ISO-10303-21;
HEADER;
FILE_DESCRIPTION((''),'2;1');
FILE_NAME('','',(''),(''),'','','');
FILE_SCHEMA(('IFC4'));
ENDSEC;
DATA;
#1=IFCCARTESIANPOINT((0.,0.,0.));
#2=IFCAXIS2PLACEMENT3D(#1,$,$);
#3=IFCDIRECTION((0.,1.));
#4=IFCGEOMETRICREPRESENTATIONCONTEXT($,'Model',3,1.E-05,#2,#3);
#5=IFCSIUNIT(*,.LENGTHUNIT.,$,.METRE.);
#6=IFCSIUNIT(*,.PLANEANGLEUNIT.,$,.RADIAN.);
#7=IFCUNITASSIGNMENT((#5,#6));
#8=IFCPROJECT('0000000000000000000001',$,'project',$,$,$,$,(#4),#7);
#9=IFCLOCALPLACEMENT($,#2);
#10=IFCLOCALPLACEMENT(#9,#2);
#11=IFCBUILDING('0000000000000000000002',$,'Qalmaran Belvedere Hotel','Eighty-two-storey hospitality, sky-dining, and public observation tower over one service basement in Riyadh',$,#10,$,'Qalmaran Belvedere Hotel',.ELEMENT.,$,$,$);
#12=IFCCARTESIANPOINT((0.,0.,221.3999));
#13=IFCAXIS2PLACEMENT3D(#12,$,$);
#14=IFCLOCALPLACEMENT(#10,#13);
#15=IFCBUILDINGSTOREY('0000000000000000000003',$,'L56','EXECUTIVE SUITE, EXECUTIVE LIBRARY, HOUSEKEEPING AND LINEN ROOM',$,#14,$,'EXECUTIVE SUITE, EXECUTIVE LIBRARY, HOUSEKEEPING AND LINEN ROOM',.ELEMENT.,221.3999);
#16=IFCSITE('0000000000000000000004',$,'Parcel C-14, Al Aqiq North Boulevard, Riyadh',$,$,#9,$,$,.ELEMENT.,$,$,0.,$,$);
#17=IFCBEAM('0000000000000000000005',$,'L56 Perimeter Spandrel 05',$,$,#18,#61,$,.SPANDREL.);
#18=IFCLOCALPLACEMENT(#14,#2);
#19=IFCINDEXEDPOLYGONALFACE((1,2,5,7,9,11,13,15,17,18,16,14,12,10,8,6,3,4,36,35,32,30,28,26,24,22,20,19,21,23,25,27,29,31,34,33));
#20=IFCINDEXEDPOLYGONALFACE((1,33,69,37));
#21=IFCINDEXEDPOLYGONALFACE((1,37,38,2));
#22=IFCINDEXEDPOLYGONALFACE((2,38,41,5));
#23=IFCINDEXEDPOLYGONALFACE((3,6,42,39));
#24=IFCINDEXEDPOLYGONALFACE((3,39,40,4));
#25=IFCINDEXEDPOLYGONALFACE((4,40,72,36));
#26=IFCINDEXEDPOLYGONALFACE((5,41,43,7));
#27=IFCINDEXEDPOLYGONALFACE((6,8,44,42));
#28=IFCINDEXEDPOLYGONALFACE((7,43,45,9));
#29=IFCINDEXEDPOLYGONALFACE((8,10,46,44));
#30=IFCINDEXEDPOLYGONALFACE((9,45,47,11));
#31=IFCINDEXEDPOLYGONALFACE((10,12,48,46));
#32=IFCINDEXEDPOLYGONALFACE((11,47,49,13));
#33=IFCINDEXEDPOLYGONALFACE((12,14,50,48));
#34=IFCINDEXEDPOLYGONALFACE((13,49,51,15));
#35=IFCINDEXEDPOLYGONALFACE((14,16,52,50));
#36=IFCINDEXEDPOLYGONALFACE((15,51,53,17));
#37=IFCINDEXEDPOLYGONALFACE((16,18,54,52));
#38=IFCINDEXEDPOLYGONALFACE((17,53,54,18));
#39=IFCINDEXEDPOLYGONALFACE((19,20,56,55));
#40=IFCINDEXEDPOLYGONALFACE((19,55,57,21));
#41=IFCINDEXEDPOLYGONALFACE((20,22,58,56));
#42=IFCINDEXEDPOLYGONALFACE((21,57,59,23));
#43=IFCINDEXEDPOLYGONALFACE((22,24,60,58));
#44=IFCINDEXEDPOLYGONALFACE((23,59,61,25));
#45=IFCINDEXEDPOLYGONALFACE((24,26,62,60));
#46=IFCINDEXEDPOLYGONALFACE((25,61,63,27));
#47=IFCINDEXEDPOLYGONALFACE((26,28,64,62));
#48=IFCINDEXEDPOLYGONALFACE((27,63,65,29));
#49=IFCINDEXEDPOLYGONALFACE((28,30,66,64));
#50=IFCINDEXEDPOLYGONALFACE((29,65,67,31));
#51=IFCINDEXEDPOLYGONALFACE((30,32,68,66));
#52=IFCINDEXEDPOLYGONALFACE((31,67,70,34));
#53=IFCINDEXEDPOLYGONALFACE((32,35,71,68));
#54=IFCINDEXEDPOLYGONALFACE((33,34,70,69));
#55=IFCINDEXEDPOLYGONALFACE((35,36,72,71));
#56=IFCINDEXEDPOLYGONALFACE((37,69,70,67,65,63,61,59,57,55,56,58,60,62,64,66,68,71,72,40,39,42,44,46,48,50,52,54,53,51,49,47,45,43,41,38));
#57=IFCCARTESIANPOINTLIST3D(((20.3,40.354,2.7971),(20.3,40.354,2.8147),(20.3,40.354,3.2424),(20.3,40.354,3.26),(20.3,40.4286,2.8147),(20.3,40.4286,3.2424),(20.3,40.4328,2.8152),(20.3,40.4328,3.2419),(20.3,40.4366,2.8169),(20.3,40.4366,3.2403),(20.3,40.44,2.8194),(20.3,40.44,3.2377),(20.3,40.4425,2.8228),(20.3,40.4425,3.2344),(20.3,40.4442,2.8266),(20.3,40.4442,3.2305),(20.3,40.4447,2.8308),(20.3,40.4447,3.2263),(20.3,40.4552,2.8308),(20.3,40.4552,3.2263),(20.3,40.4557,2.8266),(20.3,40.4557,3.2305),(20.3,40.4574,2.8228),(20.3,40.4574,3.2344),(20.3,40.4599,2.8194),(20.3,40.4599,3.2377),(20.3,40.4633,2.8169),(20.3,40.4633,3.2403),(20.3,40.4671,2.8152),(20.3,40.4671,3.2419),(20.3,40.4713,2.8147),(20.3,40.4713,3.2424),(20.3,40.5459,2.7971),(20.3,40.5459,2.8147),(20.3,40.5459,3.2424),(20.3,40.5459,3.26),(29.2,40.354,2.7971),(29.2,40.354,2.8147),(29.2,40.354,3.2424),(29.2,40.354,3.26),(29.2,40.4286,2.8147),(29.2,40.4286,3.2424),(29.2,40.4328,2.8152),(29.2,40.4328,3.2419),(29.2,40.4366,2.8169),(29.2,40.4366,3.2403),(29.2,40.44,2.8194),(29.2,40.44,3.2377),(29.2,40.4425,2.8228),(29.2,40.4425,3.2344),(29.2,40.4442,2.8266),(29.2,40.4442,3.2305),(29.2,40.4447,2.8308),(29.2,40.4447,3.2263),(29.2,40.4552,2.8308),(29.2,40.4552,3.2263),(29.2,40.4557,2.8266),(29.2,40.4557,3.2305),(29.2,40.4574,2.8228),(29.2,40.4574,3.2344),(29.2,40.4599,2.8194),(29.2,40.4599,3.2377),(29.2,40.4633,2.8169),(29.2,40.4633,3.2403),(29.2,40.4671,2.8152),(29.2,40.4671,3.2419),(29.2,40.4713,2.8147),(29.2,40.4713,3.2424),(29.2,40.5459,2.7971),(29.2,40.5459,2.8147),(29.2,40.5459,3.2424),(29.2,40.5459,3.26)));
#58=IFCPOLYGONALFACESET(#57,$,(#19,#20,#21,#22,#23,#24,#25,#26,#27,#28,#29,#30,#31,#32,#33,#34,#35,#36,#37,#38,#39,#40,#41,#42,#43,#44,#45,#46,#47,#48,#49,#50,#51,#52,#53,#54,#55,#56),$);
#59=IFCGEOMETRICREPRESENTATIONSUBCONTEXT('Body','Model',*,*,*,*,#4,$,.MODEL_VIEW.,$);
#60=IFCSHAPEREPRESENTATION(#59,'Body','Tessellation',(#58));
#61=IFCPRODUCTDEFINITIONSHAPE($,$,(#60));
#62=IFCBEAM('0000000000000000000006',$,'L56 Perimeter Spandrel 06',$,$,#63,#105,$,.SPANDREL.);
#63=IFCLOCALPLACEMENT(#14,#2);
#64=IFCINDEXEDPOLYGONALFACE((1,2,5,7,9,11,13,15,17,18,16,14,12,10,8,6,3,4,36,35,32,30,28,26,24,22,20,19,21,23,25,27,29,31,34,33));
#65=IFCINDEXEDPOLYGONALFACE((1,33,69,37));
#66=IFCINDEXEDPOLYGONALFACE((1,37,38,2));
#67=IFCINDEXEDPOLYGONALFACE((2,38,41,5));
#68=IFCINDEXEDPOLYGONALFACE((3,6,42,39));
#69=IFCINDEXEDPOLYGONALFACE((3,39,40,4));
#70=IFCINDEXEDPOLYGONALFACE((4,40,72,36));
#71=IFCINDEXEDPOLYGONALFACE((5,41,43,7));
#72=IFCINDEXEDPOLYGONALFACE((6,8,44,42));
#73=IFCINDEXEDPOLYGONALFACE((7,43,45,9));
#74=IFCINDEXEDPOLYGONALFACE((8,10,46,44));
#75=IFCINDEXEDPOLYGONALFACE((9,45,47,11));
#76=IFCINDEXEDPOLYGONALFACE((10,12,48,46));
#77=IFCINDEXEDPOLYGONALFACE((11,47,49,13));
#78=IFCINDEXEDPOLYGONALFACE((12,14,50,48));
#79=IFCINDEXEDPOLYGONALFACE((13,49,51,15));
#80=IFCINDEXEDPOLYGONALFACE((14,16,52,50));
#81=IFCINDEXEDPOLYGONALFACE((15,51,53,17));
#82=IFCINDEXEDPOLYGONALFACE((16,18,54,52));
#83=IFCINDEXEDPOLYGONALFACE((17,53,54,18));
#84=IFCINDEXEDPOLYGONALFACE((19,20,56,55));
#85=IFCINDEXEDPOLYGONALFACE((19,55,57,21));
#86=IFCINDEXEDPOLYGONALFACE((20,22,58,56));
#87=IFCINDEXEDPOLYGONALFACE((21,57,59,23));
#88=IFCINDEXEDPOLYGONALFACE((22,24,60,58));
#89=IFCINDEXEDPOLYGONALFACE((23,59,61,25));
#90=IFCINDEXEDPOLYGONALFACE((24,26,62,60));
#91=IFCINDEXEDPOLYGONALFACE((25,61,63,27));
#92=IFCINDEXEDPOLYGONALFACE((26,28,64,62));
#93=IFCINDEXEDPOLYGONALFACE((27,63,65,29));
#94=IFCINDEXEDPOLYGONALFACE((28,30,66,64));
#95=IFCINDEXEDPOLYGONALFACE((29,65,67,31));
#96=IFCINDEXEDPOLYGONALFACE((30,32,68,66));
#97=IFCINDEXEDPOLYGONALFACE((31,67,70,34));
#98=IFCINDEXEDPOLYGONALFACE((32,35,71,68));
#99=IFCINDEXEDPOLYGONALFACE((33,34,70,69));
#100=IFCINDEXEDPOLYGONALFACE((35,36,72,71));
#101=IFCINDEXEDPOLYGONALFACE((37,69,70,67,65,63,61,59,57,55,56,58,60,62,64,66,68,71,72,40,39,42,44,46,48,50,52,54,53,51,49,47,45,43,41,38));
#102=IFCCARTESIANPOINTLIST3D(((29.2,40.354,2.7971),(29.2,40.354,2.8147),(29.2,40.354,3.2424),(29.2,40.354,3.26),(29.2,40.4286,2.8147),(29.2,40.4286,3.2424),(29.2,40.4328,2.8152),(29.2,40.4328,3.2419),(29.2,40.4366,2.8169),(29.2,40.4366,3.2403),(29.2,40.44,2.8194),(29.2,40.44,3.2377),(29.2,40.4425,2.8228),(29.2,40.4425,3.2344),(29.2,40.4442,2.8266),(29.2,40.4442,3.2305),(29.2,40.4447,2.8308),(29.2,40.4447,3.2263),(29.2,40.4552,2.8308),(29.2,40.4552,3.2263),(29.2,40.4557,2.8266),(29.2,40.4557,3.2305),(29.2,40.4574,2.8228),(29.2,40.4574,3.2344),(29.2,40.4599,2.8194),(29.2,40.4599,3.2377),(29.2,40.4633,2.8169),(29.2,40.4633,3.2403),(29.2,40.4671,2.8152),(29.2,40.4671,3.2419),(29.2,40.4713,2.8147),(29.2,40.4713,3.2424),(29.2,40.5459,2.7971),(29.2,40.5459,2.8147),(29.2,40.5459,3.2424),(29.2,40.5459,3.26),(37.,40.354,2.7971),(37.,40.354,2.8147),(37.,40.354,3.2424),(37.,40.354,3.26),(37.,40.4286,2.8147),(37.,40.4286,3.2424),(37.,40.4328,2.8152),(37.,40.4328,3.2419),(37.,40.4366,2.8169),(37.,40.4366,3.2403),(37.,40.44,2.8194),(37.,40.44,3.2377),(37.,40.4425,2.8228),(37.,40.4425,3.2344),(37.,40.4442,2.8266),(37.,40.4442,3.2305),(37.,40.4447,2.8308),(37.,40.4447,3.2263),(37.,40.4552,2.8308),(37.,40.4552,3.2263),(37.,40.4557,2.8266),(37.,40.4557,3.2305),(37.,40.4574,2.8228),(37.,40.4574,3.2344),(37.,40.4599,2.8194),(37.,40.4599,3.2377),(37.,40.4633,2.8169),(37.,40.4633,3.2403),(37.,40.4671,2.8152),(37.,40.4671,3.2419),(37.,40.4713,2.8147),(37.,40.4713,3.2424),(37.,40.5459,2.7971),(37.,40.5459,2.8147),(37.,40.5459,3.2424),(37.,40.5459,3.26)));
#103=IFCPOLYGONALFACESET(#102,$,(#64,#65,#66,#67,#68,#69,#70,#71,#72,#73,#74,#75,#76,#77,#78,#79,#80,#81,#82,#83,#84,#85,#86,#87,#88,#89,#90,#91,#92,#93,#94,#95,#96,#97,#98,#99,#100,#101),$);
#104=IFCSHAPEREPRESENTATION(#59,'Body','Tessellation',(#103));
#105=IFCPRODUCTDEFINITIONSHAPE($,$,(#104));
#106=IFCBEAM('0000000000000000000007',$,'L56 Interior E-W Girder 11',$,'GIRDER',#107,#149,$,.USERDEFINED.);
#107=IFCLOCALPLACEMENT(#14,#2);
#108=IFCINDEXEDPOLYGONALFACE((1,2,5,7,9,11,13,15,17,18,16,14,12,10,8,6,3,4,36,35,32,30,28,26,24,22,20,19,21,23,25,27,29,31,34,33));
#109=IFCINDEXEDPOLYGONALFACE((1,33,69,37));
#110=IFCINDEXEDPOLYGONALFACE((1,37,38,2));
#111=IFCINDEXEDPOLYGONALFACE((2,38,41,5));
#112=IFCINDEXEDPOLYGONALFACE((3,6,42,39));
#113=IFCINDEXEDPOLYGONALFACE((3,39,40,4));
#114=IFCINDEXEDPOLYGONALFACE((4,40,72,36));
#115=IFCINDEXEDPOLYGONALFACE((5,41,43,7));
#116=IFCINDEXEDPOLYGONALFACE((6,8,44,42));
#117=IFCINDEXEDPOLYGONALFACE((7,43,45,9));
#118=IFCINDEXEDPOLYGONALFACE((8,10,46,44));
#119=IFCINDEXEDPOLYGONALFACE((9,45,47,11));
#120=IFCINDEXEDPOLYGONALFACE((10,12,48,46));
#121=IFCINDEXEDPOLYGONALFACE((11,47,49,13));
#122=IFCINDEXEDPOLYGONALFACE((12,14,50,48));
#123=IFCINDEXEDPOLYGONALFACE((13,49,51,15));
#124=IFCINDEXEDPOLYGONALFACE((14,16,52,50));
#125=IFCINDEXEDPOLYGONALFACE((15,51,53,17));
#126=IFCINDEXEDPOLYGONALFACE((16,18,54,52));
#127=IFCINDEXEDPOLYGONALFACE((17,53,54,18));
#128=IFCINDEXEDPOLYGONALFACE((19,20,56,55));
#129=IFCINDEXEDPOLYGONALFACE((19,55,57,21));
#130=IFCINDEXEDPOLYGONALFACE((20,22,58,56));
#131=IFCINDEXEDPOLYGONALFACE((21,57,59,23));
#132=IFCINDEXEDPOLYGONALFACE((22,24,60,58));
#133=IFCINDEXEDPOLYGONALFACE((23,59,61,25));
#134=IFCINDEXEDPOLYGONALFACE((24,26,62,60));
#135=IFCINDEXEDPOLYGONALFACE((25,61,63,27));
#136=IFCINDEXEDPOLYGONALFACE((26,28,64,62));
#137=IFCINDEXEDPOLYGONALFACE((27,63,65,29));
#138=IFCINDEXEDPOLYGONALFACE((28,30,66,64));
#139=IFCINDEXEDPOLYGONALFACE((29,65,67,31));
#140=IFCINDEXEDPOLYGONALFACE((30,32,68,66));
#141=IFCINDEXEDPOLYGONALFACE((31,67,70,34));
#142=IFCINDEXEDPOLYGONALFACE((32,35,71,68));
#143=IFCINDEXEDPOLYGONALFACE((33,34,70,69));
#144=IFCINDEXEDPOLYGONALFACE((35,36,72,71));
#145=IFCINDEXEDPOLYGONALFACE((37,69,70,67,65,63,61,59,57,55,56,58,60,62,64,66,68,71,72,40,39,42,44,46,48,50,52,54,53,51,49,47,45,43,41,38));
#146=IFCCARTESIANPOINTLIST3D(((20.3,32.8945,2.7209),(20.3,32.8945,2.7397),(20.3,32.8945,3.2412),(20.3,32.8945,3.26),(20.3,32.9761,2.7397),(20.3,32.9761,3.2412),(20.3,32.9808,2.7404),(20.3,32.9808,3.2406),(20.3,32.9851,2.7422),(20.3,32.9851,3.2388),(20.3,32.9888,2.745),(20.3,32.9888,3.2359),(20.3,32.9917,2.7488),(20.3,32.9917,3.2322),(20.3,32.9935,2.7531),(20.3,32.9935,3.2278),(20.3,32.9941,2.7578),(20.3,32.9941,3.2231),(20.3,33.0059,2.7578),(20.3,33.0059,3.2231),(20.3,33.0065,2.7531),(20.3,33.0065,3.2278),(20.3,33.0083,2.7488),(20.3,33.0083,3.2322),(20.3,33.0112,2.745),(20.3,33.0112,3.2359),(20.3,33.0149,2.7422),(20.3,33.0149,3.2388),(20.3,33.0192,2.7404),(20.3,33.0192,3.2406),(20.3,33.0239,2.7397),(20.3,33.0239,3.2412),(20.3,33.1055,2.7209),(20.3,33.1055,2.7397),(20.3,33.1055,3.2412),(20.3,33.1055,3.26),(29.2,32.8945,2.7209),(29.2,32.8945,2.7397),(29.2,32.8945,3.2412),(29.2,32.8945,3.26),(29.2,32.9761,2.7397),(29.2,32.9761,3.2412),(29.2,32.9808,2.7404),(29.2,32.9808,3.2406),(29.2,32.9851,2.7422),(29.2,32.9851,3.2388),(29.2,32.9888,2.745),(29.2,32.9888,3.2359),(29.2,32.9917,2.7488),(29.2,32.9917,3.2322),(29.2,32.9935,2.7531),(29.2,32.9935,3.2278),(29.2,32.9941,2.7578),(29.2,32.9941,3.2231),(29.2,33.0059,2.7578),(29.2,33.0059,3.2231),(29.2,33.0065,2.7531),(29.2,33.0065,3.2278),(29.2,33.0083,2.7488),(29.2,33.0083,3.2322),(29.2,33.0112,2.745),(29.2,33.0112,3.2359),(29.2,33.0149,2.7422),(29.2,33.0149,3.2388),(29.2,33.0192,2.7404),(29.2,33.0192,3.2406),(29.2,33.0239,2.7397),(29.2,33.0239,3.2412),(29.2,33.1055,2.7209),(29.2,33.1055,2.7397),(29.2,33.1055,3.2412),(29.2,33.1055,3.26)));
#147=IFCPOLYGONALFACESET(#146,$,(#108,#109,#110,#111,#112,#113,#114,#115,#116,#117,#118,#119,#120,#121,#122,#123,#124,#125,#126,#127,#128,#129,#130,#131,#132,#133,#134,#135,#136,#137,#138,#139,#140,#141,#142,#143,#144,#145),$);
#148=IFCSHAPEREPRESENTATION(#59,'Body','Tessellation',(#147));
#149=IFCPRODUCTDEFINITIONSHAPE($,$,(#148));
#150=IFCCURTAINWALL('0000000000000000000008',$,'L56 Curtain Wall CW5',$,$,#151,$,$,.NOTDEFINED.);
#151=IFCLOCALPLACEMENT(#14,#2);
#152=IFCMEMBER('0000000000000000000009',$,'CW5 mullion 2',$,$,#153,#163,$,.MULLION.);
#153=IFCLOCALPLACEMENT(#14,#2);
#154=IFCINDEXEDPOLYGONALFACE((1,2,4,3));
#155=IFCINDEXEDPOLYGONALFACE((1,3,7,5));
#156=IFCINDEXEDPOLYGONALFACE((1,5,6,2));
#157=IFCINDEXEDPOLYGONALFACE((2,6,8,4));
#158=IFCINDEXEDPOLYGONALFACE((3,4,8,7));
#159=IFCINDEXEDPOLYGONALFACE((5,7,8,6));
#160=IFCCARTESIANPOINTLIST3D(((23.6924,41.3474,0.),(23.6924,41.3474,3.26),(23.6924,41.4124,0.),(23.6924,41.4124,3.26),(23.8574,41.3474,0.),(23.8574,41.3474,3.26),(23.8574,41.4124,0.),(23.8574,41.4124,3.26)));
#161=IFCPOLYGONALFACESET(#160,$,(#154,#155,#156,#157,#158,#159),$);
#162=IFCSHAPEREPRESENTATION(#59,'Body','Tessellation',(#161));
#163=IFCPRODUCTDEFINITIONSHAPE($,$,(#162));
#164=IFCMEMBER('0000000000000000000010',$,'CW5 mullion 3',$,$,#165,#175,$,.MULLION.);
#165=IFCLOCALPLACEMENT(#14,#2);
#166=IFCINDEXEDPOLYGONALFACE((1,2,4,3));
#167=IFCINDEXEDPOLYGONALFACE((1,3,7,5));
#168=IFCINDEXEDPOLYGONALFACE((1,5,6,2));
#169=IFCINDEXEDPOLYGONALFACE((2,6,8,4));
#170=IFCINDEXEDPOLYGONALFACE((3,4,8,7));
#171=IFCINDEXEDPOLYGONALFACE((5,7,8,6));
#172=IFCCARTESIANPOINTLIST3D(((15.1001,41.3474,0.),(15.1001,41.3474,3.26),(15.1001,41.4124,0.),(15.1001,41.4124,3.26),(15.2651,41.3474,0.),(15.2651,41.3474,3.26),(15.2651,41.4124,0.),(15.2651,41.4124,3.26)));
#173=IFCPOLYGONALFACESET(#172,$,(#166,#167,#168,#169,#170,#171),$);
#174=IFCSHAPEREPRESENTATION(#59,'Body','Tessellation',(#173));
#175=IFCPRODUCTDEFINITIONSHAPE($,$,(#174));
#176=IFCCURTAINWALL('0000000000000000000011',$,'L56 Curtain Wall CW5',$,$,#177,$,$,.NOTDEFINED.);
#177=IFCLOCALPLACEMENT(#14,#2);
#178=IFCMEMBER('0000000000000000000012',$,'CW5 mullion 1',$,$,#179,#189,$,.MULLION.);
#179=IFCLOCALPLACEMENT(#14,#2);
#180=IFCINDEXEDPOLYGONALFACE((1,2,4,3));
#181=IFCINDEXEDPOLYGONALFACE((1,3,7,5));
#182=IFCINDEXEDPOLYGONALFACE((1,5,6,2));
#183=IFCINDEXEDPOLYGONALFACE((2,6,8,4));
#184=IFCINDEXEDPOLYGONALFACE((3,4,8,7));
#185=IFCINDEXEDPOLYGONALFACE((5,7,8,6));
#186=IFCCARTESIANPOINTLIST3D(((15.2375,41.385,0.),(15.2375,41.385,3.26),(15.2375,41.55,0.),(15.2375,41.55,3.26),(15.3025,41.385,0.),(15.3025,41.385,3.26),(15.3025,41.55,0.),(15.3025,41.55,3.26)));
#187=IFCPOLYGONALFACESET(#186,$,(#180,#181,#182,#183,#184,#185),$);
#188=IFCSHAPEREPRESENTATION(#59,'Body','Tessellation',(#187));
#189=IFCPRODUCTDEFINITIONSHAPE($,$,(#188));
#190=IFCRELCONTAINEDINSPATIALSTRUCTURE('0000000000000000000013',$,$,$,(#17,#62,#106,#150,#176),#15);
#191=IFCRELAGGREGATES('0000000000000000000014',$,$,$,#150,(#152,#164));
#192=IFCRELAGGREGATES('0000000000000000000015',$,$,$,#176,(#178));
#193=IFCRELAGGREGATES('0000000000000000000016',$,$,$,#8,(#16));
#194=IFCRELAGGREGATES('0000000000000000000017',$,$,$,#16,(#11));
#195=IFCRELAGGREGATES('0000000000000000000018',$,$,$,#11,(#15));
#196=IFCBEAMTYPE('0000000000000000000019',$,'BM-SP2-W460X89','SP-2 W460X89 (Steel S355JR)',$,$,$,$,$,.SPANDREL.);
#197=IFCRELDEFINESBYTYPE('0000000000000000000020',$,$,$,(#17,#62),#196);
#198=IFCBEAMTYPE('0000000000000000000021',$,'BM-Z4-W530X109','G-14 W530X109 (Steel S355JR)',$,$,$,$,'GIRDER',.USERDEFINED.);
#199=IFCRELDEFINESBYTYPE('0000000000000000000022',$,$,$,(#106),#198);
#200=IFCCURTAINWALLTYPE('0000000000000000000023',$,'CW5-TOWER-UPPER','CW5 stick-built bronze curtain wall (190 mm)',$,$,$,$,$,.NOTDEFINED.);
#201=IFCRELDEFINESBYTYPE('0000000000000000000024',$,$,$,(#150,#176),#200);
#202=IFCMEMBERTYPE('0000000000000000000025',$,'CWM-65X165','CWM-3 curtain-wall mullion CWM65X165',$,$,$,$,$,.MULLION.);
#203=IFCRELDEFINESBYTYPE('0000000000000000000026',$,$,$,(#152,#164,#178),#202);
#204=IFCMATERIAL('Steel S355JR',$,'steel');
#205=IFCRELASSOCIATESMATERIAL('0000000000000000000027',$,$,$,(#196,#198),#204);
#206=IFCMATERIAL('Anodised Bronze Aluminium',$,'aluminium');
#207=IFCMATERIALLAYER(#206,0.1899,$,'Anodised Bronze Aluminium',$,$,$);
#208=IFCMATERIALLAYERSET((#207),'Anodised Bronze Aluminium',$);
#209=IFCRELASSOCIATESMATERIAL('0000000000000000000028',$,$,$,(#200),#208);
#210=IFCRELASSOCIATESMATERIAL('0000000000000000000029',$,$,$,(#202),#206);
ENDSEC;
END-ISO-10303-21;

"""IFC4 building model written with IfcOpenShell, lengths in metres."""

from ifc_helpers import new_model, si_unit, direction, frame, origin, origin_2d, place, context, subcontext, project, spatial, rectangle, i_section, extrude, material, layer, layer_set, material_profile, profile_set, type_object, element, aggregate, save


model = new_model("IFC4")

# Units and contexts
model_context = context("Model", 3, precision=1e-05, world=origin(), true_north=direction((0.0, 1.0)))
body_context = subcontext(model_context, "Body", "Model", "MODEL_VIEW")
ifc_project = project(units=[si_unit("LENGTHUNIT", "METRE"), si_unit("PLANEANGLEUNIT", "RADIAN")], contexts=[model_context])

# Site, building, storey
site_placement = place(None, origin())
site = spatial("IfcSite", under=ifc_project, at=site_placement, Name="Parcel C-14, Al Aqiq North Boulevard, Riyadh", CompositionType="ELEMENT", RefElevation=0.0)
building_placement = place(site_placement, origin())
building = spatial("IfcBuilding", under=site, at=building_placement, Name="Qalmaran Belvedere Hotel", Description="Eighty-two-storey hospitality, sky-dining, and public observation tower over one service basement in Riyadh", LongName="Qalmaran Belvedere Hotel", CompositionType="ELEMENT")
storey_placement = place(building_placement, frame((0.0, 0.0, 221.3999)))
storey = spatial("IfcBuildingStorey", under=building, at=storey_placement, Name="L56", Description="EXECUTIVE SUITE, EXECUTIVE LIBRARY, HOUSEKEEPING AND LINEN ROOM", LongName="EXECUTIVE SUITE, EXECUTIVE LIBRARY, HOUSEKEEPING AND LINEN ROOM", CompositionType="ELEMENT", Elevation=221.3999)

# Beams
ifc_material_1 = material(Name="Steel S355JR", Category="steel")
ifc_material_profile_1 = material_profile(ifc_material_1, i_section(OverallWidth=0.1919, OverallDepth=0.4629, WebThickness=0.0105, FlangeThickness=0.0176, FilletRadius=0.0161, at=origin_2d()), Name="W460X89")
ifc_profile_set_1 = profile_set([ifc_material_profile_1], Name="Steel S355JR")
beam_type_1 = type_object("IfcBeamType", Name="BM-SP2-W460X89", Description="SP-2 W460X89 (Steel S355JR)", PredefinedType="SPANDREL", material=ifc_profile_set_1)
beam_1_placement = place(storey_placement, frame((20.3, 40.45, 3.0286), z_axis=(1.0, 0.0, 0.0), x_axis=(0.0, 1.0, 0.0)))
element("IfcBeam", 1, at=beam_1_placement, inside=storey, type_object=beam_type_1, Name="L56 Perimeter Spandrel 05", PredefinedType="SPANDREL", context=body_context, shape_type="SweptSolid", body=[
    extrude(i_section(OverallWidth=0.1919, OverallDepth=0.4629, WebThickness=0.0105, FlangeThickness=0.0176, FilletRadius=0.0161, at=origin_2d()), origin(), (0.0, 0.0, 1.0), 8.8999),
])
beam_2_placement = place(storey_placement, frame((29.2, 40.45, 3.0286), z_axis=(1.0, 0.0, 0.0), x_axis=(0.0, 1.0, 0.0)))
element("IfcBeam", 2, at=beam_2_placement, inside=storey, type_object=beam_type_1, Name="L56 Perimeter Spandrel 06", PredefinedType="SPANDREL", context=body_context, shape_type="SweptSolid", body=[
    extrude(i_section(OverallWidth=0.1919, OverallDepth=0.4629, WebThickness=0.0105, FlangeThickness=0.0176, FilletRadius=0.0161, at=origin_2d()), origin(), (0.0, 0.0, 1.0), 7.8),
])
ifc_material_profile_2 = material_profile(ifc_material_1, i_section(OverallWidth=0.2109, OverallDepth=0.5391, WebThickness=0.0117, FlangeThickness=0.0188, FilletRadius=0.0181, at=origin_2d()), Name="W530X109")
ifc_profile_set_2 = profile_set([ifc_material_profile_2], Name="Steel S355JR")
beam_type_2 = type_object("IfcBeamType", Name="BM-Z4-W530X109", Description="G-14 W530X109 (Steel S355JR)", ElementType="GIRDER", PredefinedType="USERDEFINED", material=ifc_profile_set_2)
beam_3_placement = place(storey_placement, frame((20.3, 33.0, 2.9905), z_axis=(1.0, 0.0, 0.0), x_axis=(0.0, 1.0, 0.0)))
element("IfcBeam", 3, at=beam_3_placement, inside=storey, type_object=beam_type_2, Name="L56 Interior E-W Girder 11", ObjectType="GIRDER", PredefinedType="USERDEFINED", context=body_context, shape_type="SweptSolid", body=[
    extrude(i_section(OverallWidth=0.2109, OverallDepth=0.5391, WebThickness=0.0117, FlangeThickness=0.0188, FilletRadius=0.0181, at=origin_2d()), origin(), (0.0, 0.0, 1.0), 8.8999),
])

# Curtain walls, members
ifc_material_2 = material(Name="Anodised Bronze Aluminium", Category="aluminium")
ifc_layer_1 = layer(ifc_material_2, 0.1899, Name="Anodised Bronze Aluminium")
ifc_layer_set_1 = layer_set([ifc_layer_1], Name="Anodised Bronze Aluminium")
curtain_wall_type = type_object("IfcCurtainWallType", Name="CW5-TOWER-UPPER", Description="CW5 stick-built bronze curtain wall (190 mm)", PredefinedType="NOTDEFINED", material=ifc_layer_set_1)
curtain_wall_1_placement = place(storey_placement, origin())
curtain_wall_1 = element("IfcCurtainWall", 4, at=curtain_wall_1_placement, inside=storey, type_object=curtain_wall_type, Name="L56 Curtain Wall CW5", PredefinedType="NOTDEFINED")
ifc_material_profile_3 = material_profile(ifc_material_2, rectangle(XDim=0.0649, YDim=0.165, at=origin_2d()), Name="CWM65X165")
ifc_profile_set_3 = profile_set([ifc_material_profile_3], Name="Anodised Bronze Aluminium")
member_type_1 = type_object("IfcMemberType", Name="CWM-65X165", Description="CWM-3 curtain-wall mullion CWM65X165", PredefinedType="MULLION", material=ifc_profile_set_3)
member_1_placement = place(storey_placement, frame((23.7749, 41.3799, 0.0), z_axis=(0.0, 0.0, 1.0), x_axis=(0.0, -1.0, 0.0)))
member_1 = element("IfcMember", 5, at=member_1_placement, type_object=member_type_1, Name="CW5 mullion 2", PredefinedType="MULLION", context=body_context, shape_type="SweptSolid", body=[
    extrude(rectangle(XDim=0.0649, YDim=0.165, at=origin_2d()), origin(), (0.0, 0.0, 1.0), 3.26),
])
member_2_placement = place(storey_placement, frame((15.1826, 41.3799, 0.0), z_axis=(0.0, 0.0, 1.0), x_axis=(0.0, -1.0, 0.0)))
member_2 = element("IfcMember", 6, at=member_2_placement, type_object=member_type_1, Name="CW5 mullion 3", PredefinedType="MULLION", context=body_context, shape_type="SweptSolid", body=[
    extrude(rectangle(XDim=0.0649, YDim=0.165, at=origin_2d()), origin(), (0.0, 0.0, 1.0), 3.26),
])
curtain_wall_2_placement = place(storey_placement, origin())
curtain_wall_2 = element("IfcCurtainWall", 7, at=curtain_wall_2_placement, inside=storey, type_object=curtain_wall_type, Name="L56 Curtain Wall CW5", PredefinedType="NOTDEFINED")
member_3_placement = place(storey_placement, frame((15.27, 41.4675, 0.0), z_axis=(0.0, 0.0, 1.0), x_axis=(1.0, 0.0, 0.0)))
member_3 = element("IfcMember", 8, at=member_3_placement, type_object=member_type_1, Name="CW5 mullion 1", PredefinedType="MULLION", context=body_context, shape_type="SweptSolid", body=[
    extrude(rectangle(XDim=0.0649, YDim=0.165, at=origin_2d()), origin(), (0.0, 0.0, 1.0), 3.26),
])

aggregate(curtain_wall_1, [member_1, member_2])
aggregate(curtain_wall_2, [member_3])

save(model, "model.ifc")
